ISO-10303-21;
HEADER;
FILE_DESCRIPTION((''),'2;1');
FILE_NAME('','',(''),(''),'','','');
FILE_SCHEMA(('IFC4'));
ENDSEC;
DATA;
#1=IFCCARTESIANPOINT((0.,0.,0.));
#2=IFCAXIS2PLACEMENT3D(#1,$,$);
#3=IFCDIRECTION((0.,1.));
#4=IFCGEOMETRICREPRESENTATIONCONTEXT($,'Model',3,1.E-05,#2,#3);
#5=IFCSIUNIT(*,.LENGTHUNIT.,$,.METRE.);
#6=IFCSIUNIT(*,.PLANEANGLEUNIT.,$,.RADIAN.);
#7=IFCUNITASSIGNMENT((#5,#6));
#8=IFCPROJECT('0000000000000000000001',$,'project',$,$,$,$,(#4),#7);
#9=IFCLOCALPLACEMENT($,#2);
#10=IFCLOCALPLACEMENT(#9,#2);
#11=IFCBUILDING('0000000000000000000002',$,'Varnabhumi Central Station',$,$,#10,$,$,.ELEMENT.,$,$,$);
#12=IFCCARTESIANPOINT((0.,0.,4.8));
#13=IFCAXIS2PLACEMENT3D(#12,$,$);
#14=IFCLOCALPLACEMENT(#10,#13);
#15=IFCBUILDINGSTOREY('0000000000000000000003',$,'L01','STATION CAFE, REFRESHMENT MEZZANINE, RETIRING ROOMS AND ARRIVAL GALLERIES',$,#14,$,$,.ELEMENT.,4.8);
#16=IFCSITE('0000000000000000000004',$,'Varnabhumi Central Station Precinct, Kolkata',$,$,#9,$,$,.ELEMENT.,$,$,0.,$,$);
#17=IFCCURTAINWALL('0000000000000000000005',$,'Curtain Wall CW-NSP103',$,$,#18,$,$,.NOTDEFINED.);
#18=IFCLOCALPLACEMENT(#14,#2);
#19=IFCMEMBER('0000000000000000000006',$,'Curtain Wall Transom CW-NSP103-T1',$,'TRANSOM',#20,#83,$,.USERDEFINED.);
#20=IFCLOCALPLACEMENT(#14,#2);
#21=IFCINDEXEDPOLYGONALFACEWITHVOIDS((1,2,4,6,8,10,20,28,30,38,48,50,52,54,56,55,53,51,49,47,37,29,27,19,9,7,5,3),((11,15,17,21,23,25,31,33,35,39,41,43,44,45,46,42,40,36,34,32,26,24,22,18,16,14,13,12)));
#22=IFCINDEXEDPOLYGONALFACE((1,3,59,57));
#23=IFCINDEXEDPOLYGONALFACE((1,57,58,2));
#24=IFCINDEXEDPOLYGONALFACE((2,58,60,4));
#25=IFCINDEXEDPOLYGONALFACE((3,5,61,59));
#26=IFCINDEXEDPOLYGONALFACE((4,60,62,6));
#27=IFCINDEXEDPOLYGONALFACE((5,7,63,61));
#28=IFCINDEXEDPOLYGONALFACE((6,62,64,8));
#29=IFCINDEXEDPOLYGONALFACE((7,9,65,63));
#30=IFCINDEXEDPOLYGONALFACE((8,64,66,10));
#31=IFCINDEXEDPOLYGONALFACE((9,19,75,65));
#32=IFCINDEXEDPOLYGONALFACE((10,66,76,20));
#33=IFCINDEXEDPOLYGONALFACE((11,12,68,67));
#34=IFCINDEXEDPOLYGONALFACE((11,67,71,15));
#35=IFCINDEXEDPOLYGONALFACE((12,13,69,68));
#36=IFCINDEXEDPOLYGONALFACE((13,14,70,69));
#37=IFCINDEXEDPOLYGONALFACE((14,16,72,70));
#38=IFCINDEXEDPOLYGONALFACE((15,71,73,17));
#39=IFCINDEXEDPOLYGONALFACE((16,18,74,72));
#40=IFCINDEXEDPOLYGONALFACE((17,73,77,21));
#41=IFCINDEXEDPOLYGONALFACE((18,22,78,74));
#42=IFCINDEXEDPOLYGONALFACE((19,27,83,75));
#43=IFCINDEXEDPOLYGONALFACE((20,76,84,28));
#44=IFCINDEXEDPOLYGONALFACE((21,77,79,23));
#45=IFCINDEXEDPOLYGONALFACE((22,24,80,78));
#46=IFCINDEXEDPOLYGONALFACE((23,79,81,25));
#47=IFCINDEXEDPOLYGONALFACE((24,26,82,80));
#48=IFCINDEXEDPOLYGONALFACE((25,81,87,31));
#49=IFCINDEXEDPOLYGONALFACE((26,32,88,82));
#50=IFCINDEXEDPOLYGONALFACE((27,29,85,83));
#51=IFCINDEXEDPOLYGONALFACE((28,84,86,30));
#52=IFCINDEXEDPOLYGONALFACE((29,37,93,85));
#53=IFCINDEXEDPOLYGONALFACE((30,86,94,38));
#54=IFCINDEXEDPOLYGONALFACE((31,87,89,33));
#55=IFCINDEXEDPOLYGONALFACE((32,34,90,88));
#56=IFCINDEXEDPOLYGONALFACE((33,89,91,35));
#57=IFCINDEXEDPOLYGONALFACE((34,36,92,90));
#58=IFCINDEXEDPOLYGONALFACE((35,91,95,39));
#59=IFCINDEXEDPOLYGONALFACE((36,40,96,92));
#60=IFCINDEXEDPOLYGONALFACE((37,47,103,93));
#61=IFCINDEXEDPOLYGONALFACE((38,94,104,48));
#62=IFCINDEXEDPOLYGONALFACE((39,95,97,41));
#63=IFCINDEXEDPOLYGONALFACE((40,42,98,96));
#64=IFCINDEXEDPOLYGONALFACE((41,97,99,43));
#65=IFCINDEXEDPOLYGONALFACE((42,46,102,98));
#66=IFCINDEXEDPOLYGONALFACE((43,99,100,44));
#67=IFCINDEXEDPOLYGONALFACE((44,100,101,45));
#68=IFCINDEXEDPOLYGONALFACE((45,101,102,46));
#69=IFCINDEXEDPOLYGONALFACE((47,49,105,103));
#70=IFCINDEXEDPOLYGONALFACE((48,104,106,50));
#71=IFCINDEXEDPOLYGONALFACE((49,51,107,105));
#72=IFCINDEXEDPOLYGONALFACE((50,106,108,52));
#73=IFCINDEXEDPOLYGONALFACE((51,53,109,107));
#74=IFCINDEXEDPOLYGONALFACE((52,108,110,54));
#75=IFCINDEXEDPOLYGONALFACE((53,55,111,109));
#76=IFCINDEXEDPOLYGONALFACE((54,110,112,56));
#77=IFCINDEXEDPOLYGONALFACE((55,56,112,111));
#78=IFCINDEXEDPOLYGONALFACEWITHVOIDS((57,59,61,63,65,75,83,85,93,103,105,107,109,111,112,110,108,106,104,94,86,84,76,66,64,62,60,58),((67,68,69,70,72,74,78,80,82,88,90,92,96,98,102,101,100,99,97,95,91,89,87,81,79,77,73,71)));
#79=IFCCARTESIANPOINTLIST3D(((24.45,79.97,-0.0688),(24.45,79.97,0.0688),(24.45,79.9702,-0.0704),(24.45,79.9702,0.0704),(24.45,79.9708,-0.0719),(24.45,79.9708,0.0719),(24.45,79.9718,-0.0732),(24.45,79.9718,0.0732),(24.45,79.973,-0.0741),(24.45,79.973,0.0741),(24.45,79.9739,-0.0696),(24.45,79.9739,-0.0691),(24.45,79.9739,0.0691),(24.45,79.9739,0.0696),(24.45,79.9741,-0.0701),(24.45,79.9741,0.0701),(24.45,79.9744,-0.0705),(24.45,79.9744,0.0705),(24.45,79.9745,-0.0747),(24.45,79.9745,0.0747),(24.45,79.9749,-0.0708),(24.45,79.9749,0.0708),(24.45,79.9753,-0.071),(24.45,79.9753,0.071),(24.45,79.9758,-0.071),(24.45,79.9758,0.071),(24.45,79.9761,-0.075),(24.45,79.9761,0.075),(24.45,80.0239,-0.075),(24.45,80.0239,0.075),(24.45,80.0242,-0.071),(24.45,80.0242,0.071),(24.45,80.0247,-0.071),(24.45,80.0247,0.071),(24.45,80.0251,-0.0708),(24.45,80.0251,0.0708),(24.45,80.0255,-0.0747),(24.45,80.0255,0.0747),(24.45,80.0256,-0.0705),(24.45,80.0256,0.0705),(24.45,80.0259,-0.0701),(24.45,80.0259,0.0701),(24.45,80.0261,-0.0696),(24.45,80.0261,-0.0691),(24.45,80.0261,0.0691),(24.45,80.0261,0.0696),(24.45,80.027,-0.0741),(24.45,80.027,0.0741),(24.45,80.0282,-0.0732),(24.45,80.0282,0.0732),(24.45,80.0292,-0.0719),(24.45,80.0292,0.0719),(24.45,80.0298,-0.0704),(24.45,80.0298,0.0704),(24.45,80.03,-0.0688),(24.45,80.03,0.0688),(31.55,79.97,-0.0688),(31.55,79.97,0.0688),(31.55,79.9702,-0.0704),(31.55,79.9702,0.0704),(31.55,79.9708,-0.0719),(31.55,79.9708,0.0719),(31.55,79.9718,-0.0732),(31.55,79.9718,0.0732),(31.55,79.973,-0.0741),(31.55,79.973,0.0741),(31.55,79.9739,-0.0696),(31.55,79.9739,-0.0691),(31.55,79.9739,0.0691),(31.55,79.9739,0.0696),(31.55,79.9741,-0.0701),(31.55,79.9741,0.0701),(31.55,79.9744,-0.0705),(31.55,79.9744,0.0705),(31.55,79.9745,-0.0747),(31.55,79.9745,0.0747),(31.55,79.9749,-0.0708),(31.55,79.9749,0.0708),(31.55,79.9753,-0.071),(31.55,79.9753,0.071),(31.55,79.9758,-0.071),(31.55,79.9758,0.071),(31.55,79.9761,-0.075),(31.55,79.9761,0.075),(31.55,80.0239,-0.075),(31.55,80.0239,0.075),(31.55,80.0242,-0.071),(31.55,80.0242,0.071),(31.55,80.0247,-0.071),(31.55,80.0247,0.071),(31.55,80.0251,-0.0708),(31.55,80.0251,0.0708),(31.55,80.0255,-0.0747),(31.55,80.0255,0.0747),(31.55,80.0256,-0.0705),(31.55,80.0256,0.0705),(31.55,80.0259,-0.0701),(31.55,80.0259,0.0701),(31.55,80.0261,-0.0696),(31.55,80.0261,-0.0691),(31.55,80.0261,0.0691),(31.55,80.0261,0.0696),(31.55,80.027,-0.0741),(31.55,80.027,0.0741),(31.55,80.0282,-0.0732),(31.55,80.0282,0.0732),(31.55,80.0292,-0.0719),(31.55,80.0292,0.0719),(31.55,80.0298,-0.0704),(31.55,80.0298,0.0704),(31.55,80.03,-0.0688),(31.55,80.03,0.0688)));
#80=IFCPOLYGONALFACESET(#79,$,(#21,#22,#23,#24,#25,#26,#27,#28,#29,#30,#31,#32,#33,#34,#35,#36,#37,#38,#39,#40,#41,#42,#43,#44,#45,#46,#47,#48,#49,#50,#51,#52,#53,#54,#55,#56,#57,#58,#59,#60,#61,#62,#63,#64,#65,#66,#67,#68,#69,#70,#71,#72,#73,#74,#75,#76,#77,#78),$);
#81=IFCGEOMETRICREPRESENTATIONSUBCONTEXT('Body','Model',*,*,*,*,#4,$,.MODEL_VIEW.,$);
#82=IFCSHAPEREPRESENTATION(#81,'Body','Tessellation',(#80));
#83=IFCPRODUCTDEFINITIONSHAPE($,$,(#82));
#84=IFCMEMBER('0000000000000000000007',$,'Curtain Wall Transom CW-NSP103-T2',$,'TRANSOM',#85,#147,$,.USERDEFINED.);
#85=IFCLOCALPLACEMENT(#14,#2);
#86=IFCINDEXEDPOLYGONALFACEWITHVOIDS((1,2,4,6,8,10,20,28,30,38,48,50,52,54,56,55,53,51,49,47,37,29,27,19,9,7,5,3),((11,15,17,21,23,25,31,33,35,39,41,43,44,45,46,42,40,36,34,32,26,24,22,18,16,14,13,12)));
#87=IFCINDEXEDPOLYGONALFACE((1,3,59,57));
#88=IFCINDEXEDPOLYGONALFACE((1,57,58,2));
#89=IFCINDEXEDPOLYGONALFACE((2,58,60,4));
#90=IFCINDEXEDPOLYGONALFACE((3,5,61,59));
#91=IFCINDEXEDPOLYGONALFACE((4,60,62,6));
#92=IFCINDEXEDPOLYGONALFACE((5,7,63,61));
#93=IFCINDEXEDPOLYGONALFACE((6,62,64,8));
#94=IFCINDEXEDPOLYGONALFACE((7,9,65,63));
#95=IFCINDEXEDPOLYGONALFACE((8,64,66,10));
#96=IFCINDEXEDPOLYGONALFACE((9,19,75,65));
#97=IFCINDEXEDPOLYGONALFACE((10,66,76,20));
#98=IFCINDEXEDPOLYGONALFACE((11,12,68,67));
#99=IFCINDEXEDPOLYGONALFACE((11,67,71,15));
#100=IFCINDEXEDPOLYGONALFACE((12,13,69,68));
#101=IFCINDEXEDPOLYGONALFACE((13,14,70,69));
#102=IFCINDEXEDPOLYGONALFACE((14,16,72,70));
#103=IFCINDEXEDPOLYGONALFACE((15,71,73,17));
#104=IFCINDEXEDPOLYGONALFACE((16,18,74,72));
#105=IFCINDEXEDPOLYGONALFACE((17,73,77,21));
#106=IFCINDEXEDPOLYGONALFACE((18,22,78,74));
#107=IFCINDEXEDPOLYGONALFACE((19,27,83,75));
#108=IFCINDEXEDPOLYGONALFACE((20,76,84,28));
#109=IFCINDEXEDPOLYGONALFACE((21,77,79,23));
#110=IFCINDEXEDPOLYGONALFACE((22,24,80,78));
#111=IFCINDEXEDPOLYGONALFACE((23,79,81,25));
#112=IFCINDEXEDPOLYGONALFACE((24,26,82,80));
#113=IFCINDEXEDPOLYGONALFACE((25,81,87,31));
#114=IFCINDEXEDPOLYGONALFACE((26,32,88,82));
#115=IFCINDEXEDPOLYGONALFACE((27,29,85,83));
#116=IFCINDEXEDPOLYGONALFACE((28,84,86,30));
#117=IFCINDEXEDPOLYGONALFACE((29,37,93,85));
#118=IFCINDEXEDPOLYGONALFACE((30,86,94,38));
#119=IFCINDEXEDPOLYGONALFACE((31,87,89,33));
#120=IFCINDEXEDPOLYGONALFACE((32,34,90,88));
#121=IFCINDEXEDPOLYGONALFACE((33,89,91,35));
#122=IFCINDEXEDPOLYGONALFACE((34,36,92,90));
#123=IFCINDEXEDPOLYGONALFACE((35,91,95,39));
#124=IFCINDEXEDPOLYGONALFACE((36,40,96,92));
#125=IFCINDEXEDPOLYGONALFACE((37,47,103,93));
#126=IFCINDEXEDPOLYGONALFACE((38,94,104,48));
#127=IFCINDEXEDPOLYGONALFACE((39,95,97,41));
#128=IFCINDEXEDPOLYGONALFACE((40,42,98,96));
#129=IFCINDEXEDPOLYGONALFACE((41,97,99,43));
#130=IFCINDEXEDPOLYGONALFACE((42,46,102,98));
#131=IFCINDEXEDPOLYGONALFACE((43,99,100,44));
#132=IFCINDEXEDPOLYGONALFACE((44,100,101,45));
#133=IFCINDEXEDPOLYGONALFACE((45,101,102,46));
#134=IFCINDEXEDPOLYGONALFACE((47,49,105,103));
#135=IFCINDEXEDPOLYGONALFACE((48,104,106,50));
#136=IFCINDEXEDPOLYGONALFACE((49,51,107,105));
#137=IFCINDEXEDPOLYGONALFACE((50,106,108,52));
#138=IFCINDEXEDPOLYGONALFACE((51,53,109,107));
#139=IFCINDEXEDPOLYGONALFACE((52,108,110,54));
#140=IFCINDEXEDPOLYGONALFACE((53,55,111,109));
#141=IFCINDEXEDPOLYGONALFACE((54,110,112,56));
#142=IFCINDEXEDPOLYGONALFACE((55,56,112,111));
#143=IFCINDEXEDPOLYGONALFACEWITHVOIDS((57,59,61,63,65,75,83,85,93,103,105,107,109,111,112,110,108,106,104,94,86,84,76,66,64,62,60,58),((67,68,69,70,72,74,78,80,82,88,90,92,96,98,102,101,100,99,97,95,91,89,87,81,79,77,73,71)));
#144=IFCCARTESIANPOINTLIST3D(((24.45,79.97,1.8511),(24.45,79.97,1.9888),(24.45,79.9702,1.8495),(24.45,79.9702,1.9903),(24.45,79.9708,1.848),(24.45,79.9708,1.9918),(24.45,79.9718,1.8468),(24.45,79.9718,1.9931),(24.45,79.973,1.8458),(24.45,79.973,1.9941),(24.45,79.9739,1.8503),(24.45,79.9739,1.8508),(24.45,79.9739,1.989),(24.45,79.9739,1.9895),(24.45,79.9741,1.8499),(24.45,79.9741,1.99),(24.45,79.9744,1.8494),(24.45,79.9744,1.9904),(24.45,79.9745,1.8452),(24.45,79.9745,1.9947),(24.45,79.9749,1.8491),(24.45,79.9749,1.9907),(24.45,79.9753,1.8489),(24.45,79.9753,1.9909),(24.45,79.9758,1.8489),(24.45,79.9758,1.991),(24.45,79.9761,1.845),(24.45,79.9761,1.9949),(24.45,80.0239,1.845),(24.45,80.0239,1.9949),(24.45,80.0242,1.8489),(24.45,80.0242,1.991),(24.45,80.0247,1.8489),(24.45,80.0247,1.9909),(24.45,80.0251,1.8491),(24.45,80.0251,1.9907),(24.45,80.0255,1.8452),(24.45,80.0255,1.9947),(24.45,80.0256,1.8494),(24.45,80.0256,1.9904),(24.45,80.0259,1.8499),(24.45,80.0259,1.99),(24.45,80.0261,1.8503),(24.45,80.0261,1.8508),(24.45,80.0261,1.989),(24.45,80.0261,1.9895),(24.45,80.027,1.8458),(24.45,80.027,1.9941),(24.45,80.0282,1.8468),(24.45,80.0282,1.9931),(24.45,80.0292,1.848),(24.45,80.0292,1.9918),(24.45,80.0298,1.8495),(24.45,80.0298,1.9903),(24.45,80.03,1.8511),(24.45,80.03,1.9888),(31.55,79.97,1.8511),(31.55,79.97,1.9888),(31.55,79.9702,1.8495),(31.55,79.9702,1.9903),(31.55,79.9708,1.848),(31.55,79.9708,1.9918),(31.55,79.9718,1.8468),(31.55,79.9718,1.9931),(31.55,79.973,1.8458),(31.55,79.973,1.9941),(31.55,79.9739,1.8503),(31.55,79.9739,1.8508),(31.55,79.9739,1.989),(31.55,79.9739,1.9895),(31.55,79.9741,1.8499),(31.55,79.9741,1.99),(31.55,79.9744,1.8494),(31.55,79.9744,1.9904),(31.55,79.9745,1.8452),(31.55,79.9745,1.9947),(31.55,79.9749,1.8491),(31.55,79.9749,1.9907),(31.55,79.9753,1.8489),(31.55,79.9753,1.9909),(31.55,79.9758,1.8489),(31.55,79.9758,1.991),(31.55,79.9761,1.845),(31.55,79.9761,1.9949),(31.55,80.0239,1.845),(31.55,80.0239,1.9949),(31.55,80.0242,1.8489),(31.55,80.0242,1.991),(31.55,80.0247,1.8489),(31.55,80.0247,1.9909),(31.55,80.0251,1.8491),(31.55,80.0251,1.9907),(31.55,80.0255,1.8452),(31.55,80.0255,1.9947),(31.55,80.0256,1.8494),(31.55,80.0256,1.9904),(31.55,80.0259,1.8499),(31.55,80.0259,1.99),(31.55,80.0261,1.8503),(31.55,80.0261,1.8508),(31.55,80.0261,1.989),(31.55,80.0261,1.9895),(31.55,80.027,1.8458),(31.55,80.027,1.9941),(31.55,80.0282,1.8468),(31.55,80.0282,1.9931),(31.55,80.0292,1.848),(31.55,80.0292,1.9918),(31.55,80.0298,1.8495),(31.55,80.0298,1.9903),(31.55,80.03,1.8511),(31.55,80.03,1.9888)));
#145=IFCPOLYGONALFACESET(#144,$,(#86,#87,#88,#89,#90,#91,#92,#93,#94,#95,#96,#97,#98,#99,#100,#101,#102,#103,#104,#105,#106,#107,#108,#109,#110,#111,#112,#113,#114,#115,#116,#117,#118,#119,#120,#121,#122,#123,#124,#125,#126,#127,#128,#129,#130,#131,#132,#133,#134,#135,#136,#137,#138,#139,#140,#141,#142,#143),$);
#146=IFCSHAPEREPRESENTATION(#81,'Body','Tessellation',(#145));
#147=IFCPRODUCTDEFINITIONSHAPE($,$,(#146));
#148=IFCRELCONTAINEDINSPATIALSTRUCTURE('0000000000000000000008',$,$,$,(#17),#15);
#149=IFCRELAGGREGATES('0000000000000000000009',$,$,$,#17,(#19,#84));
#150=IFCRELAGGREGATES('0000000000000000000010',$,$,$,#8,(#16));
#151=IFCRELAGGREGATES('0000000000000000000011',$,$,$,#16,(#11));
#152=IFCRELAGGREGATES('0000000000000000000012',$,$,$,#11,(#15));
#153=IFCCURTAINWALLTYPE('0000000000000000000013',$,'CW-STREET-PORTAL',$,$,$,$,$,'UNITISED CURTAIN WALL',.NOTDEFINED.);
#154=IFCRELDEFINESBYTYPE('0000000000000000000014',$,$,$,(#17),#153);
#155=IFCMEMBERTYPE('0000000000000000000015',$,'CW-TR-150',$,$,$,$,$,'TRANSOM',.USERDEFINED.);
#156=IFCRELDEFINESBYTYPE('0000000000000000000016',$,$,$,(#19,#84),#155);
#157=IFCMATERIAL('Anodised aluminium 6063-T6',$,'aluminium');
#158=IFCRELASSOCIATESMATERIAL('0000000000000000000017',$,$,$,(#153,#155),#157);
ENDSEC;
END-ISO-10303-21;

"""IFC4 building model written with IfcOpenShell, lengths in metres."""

from ifc_helpers import new_model, si_unit, direction, frame, origin, origin_2d, place, context, subcontext, project, spatial, hollow_rectangle, extrude, material, material_profile, profile_set, type_object, element, aggregate, save


model = new_model("IFC4")

# Units and contexts
model_context = context("Model", 3, precision=1e-05, world=origin(), true_north=direction((0.0, 1.0)))
body_context = subcontext(model_context, "Body", "Model", "MODEL_VIEW")
ifc_project = project(units=[si_unit("LENGTHUNIT", "METRE"), si_unit("PLANEANGLEUNIT", "RADIAN")], contexts=[model_context])

# Site, building, storey
site_placement = place(None, origin())
site = spatial("IfcSite", under=ifc_project, at=site_placement, Name="Varnabhumi Central Station Precinct, Kolkata", CompositionType="ELEMENT", RefElevation=0.0)
building_placement = place(site_placement, origin())
building = spatial("IfcBuilding", under=site, at=building_placement, Name="Varnabhumi Central Station", CompositionType="ELEMENT")
storey_placement = place(building_placement, frame((0.0, 0.0, 4.8)))
storey = spatial("IfcBuildingStorey", under=building, at=storey_placement, Name="L01", Description="STATION CAFE, REFRESHMENT MEZZANINE, RETIRING ROOMS AND ARRIVAL GALLERIES", CompositionType="ELEMENT", Elevation=4.8)

# Shared definitions
ifc_material_1 = material(Name="Anodised aluminium 6063-T6", Category="aluminium")

# Curtain wall, members
curtain_wall_type_1 = type_object("IfcCurtainWallType", Name="CW-STREET-PORTAL", ElementType="UNITISED CURTAIN WALL", PredefinedType="NOTDEFINED", material=ifc_material_1)
curtain_wall_1_placement = place(storey_placement, origin())
curtain_wall_1 = element("IfcCurtainWall", 1, at=curtain_wall_1_placement, inside=storey, type_object=curtain_wall_type_1, Name="Curtain Wall CW-NSP103", PredefinedType="NOTDEFINED")
ifc_material_profile_1 = material_profile(ifc_material_1, hollow_rectangle(XDim=0.0601, YDim=0.1499, WallThickness=0.0039, InnerFilletRadius=0.002, OuterFilletRadius=0.0061, at=origin_2d()), Name="Anodised aluminium 6063-T6", Category="aluminium")
ifc_profile_set_1 = profile_set([ifc_material_profile_1], Name="Anodised aluminium 6063-T6")
member_type_1 = type_object("IfcMemberType", Name="CW-TR-150", ElementType="TRANSOM", PredefinedType="USERDEFINED", material=ifc_profile_set_1)
member_1_placement = place(storey_placement, frame((24.45, 80.0, 0.0), z_axis=(1.0, 0.0, 0.0), x_axis=(0.0, 1.0, 0.0)))
member_1 = element("IfcMember", 2, at=member_1_placement, type_object=member_type_1, Name="Curtain Wall Transom CW-NSP103-T1", ObjectType="TRANSOM", PredefinedType="USERDEFINED", context=body_context, shape_type="SweptSolid", body=[
    extrude(hollow_rectangle(XDim=0.0601, YDim=0.1499, WallThickness=0.0039, InnerFilletRadius=0.002, OuterFilletRadius=0.0061, at=origin_2d()), origin(), (0.0, 0.0, 1.0), 7.1001),
])
member_2_placement = place(storey_placement, frame((24.45, 80.0, 1.9199), z_axis=(1.0, 0.0, 0.0), x_axis=(0.0, 1.0, 0.0)))
member_2 = element("IfcMember", 3, at=member_2_placement, type_object=member_type_1, Name="Curtain Wall Transom CW-NSP103-T2", ObjectType="TRANSOM", PredefinedType="USERDEFINED", context=body_context, shape_type="SweptSolid", body=[
    extrude(hollow_rectangle(XDim=0.0601, YDim=0.1499, WallThickness=0.0039, InnerFilletRadius=0.002, OuterFilletRadius=0.0061, at=origin_2d()), origin(), (0.0, 0.0, 1.0), 7.1001),
])
aggregate(curtain_wall_1, [member_1, member_2])

save(model, "model.ifc")
